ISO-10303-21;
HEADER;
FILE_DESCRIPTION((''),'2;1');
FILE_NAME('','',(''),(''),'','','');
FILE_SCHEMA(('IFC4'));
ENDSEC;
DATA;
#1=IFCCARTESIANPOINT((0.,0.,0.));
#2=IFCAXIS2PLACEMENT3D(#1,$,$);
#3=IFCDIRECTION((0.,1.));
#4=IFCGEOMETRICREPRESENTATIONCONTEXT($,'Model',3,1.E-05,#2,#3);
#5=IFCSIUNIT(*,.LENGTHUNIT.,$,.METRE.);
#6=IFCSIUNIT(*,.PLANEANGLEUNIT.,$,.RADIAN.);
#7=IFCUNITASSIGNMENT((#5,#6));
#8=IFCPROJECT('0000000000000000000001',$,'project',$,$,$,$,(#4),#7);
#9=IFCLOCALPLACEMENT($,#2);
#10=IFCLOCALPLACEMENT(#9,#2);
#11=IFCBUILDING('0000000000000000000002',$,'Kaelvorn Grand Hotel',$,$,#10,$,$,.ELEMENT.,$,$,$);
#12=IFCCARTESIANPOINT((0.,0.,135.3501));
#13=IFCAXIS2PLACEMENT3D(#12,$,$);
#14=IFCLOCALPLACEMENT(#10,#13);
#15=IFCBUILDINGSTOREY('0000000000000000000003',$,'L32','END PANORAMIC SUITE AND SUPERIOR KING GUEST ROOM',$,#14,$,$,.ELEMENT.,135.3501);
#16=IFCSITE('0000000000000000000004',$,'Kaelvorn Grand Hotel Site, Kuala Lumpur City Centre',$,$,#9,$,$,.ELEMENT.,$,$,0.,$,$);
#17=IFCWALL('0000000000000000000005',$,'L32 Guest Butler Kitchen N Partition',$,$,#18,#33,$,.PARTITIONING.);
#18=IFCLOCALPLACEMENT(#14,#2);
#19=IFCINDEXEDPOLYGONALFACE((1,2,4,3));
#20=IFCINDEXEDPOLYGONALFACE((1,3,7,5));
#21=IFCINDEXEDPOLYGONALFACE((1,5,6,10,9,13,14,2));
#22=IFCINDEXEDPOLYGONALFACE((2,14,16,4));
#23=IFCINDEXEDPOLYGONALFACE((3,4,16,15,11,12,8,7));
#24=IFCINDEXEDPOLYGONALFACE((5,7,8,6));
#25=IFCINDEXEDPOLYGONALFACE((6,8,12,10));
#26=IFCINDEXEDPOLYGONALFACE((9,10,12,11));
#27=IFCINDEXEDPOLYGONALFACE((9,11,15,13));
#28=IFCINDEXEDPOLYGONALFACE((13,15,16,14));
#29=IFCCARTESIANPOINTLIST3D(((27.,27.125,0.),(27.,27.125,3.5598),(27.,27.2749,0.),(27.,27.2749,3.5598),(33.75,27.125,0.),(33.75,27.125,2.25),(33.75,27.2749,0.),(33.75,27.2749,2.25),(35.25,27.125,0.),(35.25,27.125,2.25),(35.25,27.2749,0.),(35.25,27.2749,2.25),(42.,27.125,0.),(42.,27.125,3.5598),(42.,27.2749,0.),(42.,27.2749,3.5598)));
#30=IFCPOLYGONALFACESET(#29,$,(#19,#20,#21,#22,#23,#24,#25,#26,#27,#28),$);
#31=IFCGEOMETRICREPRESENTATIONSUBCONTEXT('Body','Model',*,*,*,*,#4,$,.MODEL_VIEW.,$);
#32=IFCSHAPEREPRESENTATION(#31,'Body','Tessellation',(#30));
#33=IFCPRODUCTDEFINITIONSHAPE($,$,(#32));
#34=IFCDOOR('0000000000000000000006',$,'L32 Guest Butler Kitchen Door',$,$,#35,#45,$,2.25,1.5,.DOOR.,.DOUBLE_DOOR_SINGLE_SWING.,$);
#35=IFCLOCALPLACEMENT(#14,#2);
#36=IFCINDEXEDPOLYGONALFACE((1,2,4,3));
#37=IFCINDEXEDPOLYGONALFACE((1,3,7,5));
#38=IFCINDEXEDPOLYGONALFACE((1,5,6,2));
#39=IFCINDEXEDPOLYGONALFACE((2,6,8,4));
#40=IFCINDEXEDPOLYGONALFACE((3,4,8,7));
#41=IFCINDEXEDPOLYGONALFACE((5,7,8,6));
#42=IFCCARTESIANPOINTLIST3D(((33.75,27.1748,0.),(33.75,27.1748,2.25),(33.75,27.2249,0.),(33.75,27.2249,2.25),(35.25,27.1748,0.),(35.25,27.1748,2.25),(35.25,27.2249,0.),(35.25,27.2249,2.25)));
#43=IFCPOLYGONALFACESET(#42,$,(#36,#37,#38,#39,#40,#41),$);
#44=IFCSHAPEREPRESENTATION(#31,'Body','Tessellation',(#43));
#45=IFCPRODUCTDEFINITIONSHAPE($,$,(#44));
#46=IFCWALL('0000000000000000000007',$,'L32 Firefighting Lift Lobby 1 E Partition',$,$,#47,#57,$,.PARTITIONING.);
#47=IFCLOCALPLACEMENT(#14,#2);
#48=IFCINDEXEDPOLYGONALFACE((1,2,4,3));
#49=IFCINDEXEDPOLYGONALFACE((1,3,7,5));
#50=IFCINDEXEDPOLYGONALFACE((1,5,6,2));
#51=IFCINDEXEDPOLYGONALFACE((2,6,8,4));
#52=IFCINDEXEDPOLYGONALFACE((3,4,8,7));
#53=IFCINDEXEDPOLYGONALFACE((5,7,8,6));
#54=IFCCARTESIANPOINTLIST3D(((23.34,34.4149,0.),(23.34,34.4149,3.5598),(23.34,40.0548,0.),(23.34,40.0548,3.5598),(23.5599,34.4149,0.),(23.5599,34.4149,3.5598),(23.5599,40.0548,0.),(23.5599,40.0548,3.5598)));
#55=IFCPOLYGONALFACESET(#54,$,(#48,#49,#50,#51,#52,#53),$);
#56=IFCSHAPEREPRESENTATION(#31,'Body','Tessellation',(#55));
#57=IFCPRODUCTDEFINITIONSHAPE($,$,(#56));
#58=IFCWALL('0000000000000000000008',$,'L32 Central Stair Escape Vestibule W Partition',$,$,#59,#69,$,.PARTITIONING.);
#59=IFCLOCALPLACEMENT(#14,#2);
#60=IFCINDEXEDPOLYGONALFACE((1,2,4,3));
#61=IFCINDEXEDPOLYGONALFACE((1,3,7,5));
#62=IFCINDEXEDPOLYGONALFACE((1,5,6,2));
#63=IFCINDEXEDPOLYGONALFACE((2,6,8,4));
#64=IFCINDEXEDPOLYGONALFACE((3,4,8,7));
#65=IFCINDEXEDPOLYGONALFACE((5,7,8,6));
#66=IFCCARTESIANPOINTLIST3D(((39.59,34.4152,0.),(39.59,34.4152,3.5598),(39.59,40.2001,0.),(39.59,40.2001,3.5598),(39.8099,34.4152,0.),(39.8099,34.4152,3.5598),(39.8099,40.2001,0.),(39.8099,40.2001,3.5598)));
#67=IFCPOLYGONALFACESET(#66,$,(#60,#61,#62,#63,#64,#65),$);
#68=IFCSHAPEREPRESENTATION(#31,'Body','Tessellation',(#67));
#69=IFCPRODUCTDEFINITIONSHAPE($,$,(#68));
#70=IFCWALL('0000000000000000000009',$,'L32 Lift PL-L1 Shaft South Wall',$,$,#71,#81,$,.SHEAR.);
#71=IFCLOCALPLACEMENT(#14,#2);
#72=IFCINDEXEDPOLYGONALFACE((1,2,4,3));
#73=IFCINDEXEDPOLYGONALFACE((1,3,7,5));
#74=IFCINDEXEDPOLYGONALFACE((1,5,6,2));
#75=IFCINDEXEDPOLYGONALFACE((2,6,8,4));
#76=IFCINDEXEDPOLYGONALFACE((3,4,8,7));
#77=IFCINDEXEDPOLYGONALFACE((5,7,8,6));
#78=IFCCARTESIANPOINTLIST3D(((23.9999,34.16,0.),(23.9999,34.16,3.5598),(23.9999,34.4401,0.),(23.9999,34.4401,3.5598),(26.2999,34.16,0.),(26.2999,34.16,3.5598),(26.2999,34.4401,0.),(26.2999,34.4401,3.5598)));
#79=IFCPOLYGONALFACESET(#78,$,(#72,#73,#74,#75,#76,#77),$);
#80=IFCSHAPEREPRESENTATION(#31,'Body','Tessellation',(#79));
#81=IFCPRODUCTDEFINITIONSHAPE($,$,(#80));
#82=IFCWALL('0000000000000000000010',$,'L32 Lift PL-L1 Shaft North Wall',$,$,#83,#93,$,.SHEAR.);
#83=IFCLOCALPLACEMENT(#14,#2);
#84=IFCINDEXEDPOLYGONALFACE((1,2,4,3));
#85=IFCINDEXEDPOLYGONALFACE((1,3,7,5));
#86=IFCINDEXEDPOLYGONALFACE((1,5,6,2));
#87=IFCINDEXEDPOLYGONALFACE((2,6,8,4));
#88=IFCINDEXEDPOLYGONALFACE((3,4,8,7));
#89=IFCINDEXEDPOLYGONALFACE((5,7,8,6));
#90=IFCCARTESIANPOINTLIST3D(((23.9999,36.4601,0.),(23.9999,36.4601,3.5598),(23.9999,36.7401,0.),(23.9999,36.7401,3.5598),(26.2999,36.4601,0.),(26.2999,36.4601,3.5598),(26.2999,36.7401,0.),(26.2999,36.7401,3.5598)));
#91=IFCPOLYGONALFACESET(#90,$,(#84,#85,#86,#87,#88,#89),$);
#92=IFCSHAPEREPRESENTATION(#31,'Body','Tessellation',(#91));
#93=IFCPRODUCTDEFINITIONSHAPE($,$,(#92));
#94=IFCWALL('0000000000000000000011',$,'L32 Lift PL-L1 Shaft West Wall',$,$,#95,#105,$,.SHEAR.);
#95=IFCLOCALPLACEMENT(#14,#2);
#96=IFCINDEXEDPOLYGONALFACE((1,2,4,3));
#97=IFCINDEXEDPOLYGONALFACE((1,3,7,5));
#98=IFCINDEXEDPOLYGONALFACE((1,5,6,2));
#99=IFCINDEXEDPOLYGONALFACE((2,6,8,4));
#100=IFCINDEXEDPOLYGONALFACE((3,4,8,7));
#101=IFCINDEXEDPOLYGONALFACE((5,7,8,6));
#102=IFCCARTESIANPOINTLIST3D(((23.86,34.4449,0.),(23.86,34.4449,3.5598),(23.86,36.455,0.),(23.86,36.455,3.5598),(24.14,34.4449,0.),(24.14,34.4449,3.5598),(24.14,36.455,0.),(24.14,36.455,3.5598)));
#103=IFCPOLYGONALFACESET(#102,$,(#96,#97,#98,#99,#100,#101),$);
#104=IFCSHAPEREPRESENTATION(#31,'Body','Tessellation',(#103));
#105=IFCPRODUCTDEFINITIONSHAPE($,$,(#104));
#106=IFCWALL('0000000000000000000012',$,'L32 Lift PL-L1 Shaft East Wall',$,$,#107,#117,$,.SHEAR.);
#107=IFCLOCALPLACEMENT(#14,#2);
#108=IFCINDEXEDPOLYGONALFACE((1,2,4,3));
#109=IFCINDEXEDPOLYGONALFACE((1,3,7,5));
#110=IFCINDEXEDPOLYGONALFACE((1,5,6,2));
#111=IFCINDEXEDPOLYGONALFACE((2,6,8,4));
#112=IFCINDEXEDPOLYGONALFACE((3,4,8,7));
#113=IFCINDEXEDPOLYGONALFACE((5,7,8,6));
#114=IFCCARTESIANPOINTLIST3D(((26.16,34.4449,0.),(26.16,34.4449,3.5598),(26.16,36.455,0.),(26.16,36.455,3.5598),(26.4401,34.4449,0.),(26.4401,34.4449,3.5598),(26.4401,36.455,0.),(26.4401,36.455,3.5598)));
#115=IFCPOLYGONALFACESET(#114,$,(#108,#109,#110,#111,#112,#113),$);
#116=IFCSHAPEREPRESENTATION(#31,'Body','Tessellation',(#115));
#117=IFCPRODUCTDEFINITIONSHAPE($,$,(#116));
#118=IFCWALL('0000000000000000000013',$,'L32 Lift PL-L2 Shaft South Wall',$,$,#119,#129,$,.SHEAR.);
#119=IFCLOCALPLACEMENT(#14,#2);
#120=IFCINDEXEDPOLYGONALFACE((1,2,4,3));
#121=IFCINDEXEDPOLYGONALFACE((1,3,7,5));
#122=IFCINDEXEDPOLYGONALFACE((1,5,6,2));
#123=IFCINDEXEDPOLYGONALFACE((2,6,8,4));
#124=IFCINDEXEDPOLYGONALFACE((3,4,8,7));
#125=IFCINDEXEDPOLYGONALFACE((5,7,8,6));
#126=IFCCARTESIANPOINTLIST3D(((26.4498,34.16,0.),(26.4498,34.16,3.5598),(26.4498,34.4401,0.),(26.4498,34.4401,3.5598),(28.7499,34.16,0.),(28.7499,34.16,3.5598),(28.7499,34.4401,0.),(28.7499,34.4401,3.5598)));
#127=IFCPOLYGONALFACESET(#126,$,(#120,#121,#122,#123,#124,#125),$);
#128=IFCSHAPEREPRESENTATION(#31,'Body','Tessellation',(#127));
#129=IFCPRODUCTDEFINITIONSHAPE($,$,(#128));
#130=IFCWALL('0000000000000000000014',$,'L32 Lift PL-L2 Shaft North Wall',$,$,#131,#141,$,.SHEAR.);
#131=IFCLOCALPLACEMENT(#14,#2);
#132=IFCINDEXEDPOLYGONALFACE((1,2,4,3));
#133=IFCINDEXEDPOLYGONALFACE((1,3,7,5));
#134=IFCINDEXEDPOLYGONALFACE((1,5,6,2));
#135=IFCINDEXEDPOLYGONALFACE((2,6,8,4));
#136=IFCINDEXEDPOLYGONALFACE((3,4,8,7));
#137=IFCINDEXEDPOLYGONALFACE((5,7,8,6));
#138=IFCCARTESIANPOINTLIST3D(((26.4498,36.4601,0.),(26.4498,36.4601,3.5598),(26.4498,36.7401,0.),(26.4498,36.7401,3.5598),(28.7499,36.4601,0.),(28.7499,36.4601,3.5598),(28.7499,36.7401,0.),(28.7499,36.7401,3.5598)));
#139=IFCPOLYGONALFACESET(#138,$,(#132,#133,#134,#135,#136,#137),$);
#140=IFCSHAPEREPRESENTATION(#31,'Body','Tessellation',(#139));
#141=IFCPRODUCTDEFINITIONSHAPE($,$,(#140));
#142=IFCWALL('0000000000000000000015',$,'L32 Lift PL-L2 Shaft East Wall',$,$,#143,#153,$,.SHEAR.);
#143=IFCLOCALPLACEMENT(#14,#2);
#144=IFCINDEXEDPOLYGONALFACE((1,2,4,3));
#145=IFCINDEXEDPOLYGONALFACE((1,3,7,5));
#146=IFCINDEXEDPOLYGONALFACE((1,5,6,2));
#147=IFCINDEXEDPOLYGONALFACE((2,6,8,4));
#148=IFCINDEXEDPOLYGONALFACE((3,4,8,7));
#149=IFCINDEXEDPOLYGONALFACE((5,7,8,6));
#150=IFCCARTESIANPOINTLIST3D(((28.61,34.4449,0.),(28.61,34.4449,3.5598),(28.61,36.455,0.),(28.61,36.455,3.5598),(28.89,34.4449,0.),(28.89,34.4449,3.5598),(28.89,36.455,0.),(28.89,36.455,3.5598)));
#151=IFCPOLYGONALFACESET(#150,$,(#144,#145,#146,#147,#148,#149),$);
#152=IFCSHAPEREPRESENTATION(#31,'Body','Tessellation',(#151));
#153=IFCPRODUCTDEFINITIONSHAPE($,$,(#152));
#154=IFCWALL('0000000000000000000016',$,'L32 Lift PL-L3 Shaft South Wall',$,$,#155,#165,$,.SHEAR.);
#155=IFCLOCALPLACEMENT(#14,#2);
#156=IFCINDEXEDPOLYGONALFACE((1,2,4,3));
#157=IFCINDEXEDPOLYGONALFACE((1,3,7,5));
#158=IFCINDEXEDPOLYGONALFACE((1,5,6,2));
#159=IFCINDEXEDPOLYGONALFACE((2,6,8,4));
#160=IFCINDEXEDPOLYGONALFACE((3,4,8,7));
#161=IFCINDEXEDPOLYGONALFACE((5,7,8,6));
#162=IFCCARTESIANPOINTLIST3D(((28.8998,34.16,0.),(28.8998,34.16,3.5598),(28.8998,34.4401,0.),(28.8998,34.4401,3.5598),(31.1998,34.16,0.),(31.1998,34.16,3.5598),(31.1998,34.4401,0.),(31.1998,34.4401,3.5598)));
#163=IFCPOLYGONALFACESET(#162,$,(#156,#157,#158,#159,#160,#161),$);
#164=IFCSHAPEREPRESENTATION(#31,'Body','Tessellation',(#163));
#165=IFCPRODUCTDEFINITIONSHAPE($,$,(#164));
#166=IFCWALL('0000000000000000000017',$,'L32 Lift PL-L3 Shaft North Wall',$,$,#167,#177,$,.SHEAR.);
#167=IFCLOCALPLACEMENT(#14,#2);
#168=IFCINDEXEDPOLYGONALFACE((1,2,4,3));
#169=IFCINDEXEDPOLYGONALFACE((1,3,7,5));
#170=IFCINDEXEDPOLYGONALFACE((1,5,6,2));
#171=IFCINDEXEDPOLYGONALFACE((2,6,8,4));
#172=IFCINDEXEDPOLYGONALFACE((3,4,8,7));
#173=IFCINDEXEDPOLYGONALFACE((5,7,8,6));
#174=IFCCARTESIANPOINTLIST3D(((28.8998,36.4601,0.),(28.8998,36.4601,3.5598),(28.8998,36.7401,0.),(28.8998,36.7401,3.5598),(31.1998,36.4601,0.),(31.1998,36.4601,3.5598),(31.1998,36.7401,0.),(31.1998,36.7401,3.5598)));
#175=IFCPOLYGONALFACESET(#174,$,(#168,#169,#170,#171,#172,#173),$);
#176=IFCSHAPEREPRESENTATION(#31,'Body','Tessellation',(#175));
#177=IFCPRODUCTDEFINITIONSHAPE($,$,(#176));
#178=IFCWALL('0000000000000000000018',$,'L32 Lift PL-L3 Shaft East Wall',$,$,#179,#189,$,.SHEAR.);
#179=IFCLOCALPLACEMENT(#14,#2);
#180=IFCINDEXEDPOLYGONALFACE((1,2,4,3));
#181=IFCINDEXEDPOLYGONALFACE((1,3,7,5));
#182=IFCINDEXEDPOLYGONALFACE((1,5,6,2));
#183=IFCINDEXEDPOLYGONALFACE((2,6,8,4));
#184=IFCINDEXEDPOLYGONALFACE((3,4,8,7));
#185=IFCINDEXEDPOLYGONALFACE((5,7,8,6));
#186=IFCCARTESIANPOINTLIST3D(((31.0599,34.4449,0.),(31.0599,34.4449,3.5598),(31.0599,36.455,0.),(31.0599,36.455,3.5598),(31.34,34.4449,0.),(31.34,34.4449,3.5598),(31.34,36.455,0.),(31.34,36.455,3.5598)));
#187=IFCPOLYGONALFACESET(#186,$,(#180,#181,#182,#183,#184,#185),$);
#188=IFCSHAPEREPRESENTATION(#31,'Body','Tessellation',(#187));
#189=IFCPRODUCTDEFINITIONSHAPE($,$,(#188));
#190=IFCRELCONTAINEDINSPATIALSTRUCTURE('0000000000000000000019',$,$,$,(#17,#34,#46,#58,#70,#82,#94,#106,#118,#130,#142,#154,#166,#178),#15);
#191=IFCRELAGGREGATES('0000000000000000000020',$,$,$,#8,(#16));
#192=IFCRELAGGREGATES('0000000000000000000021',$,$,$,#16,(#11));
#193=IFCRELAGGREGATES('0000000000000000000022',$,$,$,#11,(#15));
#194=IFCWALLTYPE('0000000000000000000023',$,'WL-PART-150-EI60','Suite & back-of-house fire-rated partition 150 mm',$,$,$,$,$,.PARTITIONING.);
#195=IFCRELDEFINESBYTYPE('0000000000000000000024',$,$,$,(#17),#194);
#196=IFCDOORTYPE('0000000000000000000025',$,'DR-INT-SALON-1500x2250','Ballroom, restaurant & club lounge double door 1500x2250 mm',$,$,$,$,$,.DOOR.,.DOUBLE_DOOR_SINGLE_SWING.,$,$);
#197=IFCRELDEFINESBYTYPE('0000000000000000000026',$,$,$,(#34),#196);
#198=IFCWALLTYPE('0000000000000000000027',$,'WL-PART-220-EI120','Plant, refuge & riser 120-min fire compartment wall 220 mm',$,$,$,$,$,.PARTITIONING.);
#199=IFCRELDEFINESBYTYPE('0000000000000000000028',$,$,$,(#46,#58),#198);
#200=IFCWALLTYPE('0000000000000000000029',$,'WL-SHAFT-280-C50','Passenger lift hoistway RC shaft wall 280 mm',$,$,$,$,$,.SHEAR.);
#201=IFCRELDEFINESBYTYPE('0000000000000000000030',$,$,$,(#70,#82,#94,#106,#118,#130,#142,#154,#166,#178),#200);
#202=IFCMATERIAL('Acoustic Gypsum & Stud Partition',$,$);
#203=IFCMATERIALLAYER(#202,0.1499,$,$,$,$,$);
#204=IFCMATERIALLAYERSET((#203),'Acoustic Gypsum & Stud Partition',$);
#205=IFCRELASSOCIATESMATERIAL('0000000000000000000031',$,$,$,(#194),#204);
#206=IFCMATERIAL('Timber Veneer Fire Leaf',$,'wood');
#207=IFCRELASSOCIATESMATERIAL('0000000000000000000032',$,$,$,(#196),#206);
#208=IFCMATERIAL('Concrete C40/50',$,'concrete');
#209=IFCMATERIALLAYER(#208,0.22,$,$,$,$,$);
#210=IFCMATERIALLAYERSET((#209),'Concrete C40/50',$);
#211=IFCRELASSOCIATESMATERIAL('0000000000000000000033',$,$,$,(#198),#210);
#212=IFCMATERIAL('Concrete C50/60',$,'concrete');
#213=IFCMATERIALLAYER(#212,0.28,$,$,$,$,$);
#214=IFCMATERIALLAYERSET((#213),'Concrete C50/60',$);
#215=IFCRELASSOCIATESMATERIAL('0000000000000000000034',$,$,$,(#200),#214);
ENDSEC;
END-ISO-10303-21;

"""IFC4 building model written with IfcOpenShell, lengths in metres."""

from ifc_helpers import new_model, si_unit, direction, frame, frame_2d, origin, place, context, subcontext, project, spatial, rectangle, extrude, material, layer, layer_set, type_object, element, fill, save


model = new_model("IFC4")

# Units and contexts
model_context = context("Model", 3, precision=1e-05, world=origin(), true_north=direction((0.0, 1.0)))
body_context = subcontext(model_context, "Body", "Model", "MODEL_VIEW")
ifc_project = project(units=[si_unit("LENGTHUNIT", "METRE"), si_unit("PLANEANGLEUNIT", "RADIAN")], contexts=[model_context])

# Site, building, storey
site_placement = place(None, origin())
site = spatial("IfcSite", under=ifc_project, at=site_placement, Name="Kaelvorn Grand Hotel Site, Kuala Lumpur City Centre", CompositionType="ELEMENT", RefElevation=0.0)
building_placement = place(site_placement, origin())
building = spatial("IfcBuilding", under=site, at=building_placement, Name="Kaelvorn Grand Hotel", CompositionType="ELEMENT")
storey_placement = place(building_placement, frame((0.0, 0.0, 135.3501)))
storey = spatial("IfcBuildingStorey", under=building, at=storey_placement, Name="L32", Description="END PANORAMIC SUITE AND SUPERIOR KING GUEST ROOM", CompositionType="ELEMENT", Elevation=135.3501)

# Shared definitions
ifc_material_1 = material(Name="Acoustic Gypsum & Stud Partition")
ifc_layer_1 = layer(ifc_material_1, 0.1499)
ifc_layer_set_1 = layer_set([ifc_layer_1], Name="Acoustic Gypsum & Stud Partition")
wall_type_1 = type_object("IfcWallType", Name="WL-PART-150-EI60", Description="Suite & back-of-house fire-rated partition 150 mm", PredefinedType="PARTITIONING", material=ifc_layer_set_1)

# Wall, opening, door
wall_1_placement = place(storey_placement, frame((27.0, 27.2, 0.0), z_axis=(0.0, 0.0, 1.0), x_axis=(1.0, 0.0, 0.0)))
wall_1 = element("IfcWall", 1, at=wall_1_placement, inside=storey, type_object=wall_type_1, Name="L32 Guest Butler Kitchen N Partition", PredefinedType="PARTITIONING", context=body_context, shape_type="SweptSolid", body=[
    extrude(rectangle(XDim=15.0, YDim=0.1499, at=frame_2d((7.5, 0.0))), origin(), (0.0, 0.0, 1.0), 3.5598),
])
opening_1_placement = place(wall_1_placement, frame((6.75, 0.0, 0.0)))
opening_1 = element("IfcOpeningElement", 2, at=opening_1_placement, cuts=wall_1, PredefinedType="OPENING", context=body_context, shape_type="SweptSolid", body=[
    extrude(rectangle(XDim=1.5, YDim=2.25, at=frame_2d((0.75, 1.125))), frame((0.0, 0.085, 0.0), z_axis=(0.0, -1.0, 0.0), x_axis=(1.0, 0.0, 0.0)), (0.0, 0.0, 1.0), 0.1699),
])
ifc_material_2 = material(Name="Timber Veneer Fire Leaf", Category="wood")
door_type_1 = type_object("IfcDoorType", Name="DR-INT-SALON-1500x2250", Description="Ballroom, restaurant & club lounge double door 1500x2250 mm", OperationType="DOUBLE_DOOR_SINGLE_SWING", PredefinedType="DOOR", material=ifc_material_2)
door_1_placement = place(opening_1_placement, origin())
door_1 = element("IfcDoor", 3, at=door_1_placement, inside=storey, type_object=door_type_1, Name="L32 Guest Butler Kitchen Door", OperationType="DOUBLE_DOOR_SINGLE_SWING", OverallHeight=2.25, OverallWidth=1.5, PredefinedType="DOOR", context=body_context, shape_type="SweptSolid", body=[
    extrude(rectangle(XDim=1.5, YDim=2.25, at=frame_2d((0.75, 1.125))), frame((0.0, 0.0249, 0.0), z_axis=(0.0, -1.0, 0.0), x_axis=(1.0, 0.0, 0.0)), (0.0, 0.0, 1.0), 0.05),
])
fill(opening_1, door_1)

# Wall
ifc_material_3 = material(Name="Concrete C40/50", Category="concrete")
ifc_layer_2 = layer(ifc_material_3, 0.22)
ifc_layer_set_2 = layer_set([ifc_layer_2], Name="Concrete C40/50")
wall_type_2 = type_object("IfcWallType", Name="WL-PART-220-EI120", Description="Plant, refuge & riser 120-min fire compartment wall 220 mm", PredefinedType="PARTITIONING", material=ifc_layer_set_2)
wall_2_placement = place(storey_placement, frame((23.45, 34.415, 0.0), z_axis=(0.0, 0.0, 1.0), x_axis=(0.0, 1.0, 0.0)))
element("IfcWall", 4, at=wall_2_placement, inside=storey, type_object=wall_type_2, Name="L32 Firefighting Lift Lobby 1 E Partition", PredefinedType="PARTITIONING", context=body_context, shape_type="SweptSolid", body=[
    extrude(rectangle(XDim=5.6399, YDim=0.22, at=frame_2d((2.8198, 0.0))), origin(), (0.0, 0.0, 1.0), 3.5598),
])

# Walls
wall_3_placement = place(storey_placement, frame((39.7, 34.415, 0.0), z_axis=(0.0, 0.0, 1.0), x_axis=(0.0, 1.0, 0.0)))
element("IfcWall", 5, at=wall_3_placement, inside=storey, type_object=wall_type_2, Name="L32 Central Stair Escape Vestibule W Partition", PredefinedType="PARTITIONING", context=body_context, shape_type="SweptSolid", body=[
    extrude(rectangle(XDim=5.7849, YDim=0.22, at=frame_2d((2.8926, 0.0))), origin(), (0.0, 0.0, 1.0), 3.5598),
])
ifc_material_4 = material(Name="Concrete C50/60", Category="concrete")
ifc_layer_3 = layer(ifc_material_4, 0.28)
ifc_layer_set_3 = layer_set([ifc_layer_3], Name="Concrete C50/60")
wall_type_3 = type_object("IfcWallType", Name="WL-SHAFT-280-C50", Description="Passenger lift hoistway RC shaft wall 280 mm", PredefinedType="SHEAR", material=ifc_layer_set_3)
for number, where, z_axis, x_axis, name in (
    (6, (24.0, 34.3, 0.0), (0.0, 0.0, 1.0), (1.0, 0.0, 0.0), "L32 Lift PL-L1 Shaft South Wall"),
    (7, (24.0, 36.6001, 0.0), (0.0, 0.0, 1.0), (1.0, 0.0, 0.0), "L32 Lift PL-L1 Shaft North Wall"),
):
    element("IfcWall", number, at=place(storey_placement, frame(where, z_axis=z_axis, x_axis=x_axis)), inside=storey, type_object=wall_type_3, Name=name, PredefinedType="SHEAR", context=body_context, shape_type="SweptSolid", body=[
        extrude(rectangle(XDim=2.3, YDim=0.28, at=frame_2d((1.1499, 0.0))), origin(), (0.0, 0.0, 1.0), 3.5598),
    ])
for number, where, z_axis, x_axis, name in (
    (8, (24.0, 34.4451, 0.0), (0.0, 0.0, 1.0), (0.0, 1.0, 0.0), "L32 Lift PL-L1 Shaft West Wall"),
    (9, (26.3, 34.4451, 0.0), (0.0, 0.0, 1.0), (0.0, 1.0, 0.0), "L32 Lift PL-L1 Shaft East Wall"),
):
    element("IfcWall", number, at=place(storey_placement, frame(where, z_axis=z_axis, x_axis=x_axis)), inside=storey, type_object=wall_type_3, Name=name, PredefinedType="SHEAR", context=body_context, shape_type="SweptSolid", body=[
        extrude(rectangle(XDim=2.01, YDim=0.28, at=frame_2d((1.0049, 0.0))), origin(), (0.0, 0.0, 1.0), 3.5598),
    ])
for number, where, z_axis, x_axis, name in (
    (10, (26.45, 34.3, 0.0), (0.0, 0.0, 1.0), (1.0, 0.0, 0.0), "L32 Lift PL-L2 Shaft South Wall"),
    (11, (26.45, 36.6001, 0.0), (0.0, 0.0, 1.0), (1.0, 0.0, 0.0), "L32 Lift PL-L2 Shaft North Wall"),
):
    element("IfcWall", number, at=place(storey_placement, frame(where, z_axis=z_axis, x_axis=x_axis)), inside=storey, type_object=wall_type_3, Name=name, PredefinedType="SHEAR", context=body_context, shape_type="SweptSolid", body=[
        extrude(rectangle(XDim=2.3, YDim=0.28, at=frame_2d((1.1499, 0.0))), origin(), (0.0, 0.0, 1.0), 3.5598),
    ])
wall_4_placement = place(storey_placement, frame((28.75, 34.4451, 0.0), z_axis=(0.0, 0.0, 1.0), x_axis=(0.0, 1.0, 0.0)))
element("IfcWall", 12, at=wall_4_placement, inside=storey, type_object=wall_type_3, Name="L32 Lift PL-L2 Shaft East Wall", PredefinedType="SHEAR", context=body_context, shape_type="SweptSolid", body=[
    extrude(rectangle(XDim=2.01, YDim=0.28, at=frame_2d((1.0049, 0.0))), origin(), (0.0, 0.0, 1.0), 3.5598),
])
for number, where, z_axis, x_axis, name in (
    (13, (28.8999, 34.3, 0.0), (0.0, 0.0, 1.0), (1.0, 0.0, 0.0), "L32 Lift PL-L3 Shaft South Wall"),
    (14, (28.8999, 36.6001, 0.0), (0.0, 0.0, 1.0), (1.0, 0.0, 0.0), "L32 Lift PL-L3 Shaft North Wall"),
):
    element("IfcWall", number, at=place(storey_placement, frame(where, z_axis=z_axis, x_axis=x_axis)), inside=storey, type_object=wall_type_3, Name=name, PredefinedType="SHEAR", context=body_context, shape_type="SweptSolid", body=[
        extrude(rectangle(XDim=2.3, YDim=0.28, at=frame_2d((1.1499, 0.0))), origin(), (0.0, 0.0, 1.0), 3.5598),
    ])
wall_5_placement = place(storey_placement, frame((31.2, 34.4451, 0.0), z_axis=(0.0, 0.0, 1.0), x_axis=(0.0, 1.0, 0.0)))
element("IfcWall", 15, at=wall_5_placement, inside=storey, type_object=wall_type_3, Name="L32 Lift PL-L3 Shaft East Wall", PredefinedType="SHEAR", context=body_context, shape_type="SweptSolid", body=[
    extrude(rectangle(XDim=2.01, YDim=0.28, at=frame_2d((1.0049, 0.0))), origin(), (0.0, 0.0, 1.0), 3.5598),
])

save(model, "model.ifc")
